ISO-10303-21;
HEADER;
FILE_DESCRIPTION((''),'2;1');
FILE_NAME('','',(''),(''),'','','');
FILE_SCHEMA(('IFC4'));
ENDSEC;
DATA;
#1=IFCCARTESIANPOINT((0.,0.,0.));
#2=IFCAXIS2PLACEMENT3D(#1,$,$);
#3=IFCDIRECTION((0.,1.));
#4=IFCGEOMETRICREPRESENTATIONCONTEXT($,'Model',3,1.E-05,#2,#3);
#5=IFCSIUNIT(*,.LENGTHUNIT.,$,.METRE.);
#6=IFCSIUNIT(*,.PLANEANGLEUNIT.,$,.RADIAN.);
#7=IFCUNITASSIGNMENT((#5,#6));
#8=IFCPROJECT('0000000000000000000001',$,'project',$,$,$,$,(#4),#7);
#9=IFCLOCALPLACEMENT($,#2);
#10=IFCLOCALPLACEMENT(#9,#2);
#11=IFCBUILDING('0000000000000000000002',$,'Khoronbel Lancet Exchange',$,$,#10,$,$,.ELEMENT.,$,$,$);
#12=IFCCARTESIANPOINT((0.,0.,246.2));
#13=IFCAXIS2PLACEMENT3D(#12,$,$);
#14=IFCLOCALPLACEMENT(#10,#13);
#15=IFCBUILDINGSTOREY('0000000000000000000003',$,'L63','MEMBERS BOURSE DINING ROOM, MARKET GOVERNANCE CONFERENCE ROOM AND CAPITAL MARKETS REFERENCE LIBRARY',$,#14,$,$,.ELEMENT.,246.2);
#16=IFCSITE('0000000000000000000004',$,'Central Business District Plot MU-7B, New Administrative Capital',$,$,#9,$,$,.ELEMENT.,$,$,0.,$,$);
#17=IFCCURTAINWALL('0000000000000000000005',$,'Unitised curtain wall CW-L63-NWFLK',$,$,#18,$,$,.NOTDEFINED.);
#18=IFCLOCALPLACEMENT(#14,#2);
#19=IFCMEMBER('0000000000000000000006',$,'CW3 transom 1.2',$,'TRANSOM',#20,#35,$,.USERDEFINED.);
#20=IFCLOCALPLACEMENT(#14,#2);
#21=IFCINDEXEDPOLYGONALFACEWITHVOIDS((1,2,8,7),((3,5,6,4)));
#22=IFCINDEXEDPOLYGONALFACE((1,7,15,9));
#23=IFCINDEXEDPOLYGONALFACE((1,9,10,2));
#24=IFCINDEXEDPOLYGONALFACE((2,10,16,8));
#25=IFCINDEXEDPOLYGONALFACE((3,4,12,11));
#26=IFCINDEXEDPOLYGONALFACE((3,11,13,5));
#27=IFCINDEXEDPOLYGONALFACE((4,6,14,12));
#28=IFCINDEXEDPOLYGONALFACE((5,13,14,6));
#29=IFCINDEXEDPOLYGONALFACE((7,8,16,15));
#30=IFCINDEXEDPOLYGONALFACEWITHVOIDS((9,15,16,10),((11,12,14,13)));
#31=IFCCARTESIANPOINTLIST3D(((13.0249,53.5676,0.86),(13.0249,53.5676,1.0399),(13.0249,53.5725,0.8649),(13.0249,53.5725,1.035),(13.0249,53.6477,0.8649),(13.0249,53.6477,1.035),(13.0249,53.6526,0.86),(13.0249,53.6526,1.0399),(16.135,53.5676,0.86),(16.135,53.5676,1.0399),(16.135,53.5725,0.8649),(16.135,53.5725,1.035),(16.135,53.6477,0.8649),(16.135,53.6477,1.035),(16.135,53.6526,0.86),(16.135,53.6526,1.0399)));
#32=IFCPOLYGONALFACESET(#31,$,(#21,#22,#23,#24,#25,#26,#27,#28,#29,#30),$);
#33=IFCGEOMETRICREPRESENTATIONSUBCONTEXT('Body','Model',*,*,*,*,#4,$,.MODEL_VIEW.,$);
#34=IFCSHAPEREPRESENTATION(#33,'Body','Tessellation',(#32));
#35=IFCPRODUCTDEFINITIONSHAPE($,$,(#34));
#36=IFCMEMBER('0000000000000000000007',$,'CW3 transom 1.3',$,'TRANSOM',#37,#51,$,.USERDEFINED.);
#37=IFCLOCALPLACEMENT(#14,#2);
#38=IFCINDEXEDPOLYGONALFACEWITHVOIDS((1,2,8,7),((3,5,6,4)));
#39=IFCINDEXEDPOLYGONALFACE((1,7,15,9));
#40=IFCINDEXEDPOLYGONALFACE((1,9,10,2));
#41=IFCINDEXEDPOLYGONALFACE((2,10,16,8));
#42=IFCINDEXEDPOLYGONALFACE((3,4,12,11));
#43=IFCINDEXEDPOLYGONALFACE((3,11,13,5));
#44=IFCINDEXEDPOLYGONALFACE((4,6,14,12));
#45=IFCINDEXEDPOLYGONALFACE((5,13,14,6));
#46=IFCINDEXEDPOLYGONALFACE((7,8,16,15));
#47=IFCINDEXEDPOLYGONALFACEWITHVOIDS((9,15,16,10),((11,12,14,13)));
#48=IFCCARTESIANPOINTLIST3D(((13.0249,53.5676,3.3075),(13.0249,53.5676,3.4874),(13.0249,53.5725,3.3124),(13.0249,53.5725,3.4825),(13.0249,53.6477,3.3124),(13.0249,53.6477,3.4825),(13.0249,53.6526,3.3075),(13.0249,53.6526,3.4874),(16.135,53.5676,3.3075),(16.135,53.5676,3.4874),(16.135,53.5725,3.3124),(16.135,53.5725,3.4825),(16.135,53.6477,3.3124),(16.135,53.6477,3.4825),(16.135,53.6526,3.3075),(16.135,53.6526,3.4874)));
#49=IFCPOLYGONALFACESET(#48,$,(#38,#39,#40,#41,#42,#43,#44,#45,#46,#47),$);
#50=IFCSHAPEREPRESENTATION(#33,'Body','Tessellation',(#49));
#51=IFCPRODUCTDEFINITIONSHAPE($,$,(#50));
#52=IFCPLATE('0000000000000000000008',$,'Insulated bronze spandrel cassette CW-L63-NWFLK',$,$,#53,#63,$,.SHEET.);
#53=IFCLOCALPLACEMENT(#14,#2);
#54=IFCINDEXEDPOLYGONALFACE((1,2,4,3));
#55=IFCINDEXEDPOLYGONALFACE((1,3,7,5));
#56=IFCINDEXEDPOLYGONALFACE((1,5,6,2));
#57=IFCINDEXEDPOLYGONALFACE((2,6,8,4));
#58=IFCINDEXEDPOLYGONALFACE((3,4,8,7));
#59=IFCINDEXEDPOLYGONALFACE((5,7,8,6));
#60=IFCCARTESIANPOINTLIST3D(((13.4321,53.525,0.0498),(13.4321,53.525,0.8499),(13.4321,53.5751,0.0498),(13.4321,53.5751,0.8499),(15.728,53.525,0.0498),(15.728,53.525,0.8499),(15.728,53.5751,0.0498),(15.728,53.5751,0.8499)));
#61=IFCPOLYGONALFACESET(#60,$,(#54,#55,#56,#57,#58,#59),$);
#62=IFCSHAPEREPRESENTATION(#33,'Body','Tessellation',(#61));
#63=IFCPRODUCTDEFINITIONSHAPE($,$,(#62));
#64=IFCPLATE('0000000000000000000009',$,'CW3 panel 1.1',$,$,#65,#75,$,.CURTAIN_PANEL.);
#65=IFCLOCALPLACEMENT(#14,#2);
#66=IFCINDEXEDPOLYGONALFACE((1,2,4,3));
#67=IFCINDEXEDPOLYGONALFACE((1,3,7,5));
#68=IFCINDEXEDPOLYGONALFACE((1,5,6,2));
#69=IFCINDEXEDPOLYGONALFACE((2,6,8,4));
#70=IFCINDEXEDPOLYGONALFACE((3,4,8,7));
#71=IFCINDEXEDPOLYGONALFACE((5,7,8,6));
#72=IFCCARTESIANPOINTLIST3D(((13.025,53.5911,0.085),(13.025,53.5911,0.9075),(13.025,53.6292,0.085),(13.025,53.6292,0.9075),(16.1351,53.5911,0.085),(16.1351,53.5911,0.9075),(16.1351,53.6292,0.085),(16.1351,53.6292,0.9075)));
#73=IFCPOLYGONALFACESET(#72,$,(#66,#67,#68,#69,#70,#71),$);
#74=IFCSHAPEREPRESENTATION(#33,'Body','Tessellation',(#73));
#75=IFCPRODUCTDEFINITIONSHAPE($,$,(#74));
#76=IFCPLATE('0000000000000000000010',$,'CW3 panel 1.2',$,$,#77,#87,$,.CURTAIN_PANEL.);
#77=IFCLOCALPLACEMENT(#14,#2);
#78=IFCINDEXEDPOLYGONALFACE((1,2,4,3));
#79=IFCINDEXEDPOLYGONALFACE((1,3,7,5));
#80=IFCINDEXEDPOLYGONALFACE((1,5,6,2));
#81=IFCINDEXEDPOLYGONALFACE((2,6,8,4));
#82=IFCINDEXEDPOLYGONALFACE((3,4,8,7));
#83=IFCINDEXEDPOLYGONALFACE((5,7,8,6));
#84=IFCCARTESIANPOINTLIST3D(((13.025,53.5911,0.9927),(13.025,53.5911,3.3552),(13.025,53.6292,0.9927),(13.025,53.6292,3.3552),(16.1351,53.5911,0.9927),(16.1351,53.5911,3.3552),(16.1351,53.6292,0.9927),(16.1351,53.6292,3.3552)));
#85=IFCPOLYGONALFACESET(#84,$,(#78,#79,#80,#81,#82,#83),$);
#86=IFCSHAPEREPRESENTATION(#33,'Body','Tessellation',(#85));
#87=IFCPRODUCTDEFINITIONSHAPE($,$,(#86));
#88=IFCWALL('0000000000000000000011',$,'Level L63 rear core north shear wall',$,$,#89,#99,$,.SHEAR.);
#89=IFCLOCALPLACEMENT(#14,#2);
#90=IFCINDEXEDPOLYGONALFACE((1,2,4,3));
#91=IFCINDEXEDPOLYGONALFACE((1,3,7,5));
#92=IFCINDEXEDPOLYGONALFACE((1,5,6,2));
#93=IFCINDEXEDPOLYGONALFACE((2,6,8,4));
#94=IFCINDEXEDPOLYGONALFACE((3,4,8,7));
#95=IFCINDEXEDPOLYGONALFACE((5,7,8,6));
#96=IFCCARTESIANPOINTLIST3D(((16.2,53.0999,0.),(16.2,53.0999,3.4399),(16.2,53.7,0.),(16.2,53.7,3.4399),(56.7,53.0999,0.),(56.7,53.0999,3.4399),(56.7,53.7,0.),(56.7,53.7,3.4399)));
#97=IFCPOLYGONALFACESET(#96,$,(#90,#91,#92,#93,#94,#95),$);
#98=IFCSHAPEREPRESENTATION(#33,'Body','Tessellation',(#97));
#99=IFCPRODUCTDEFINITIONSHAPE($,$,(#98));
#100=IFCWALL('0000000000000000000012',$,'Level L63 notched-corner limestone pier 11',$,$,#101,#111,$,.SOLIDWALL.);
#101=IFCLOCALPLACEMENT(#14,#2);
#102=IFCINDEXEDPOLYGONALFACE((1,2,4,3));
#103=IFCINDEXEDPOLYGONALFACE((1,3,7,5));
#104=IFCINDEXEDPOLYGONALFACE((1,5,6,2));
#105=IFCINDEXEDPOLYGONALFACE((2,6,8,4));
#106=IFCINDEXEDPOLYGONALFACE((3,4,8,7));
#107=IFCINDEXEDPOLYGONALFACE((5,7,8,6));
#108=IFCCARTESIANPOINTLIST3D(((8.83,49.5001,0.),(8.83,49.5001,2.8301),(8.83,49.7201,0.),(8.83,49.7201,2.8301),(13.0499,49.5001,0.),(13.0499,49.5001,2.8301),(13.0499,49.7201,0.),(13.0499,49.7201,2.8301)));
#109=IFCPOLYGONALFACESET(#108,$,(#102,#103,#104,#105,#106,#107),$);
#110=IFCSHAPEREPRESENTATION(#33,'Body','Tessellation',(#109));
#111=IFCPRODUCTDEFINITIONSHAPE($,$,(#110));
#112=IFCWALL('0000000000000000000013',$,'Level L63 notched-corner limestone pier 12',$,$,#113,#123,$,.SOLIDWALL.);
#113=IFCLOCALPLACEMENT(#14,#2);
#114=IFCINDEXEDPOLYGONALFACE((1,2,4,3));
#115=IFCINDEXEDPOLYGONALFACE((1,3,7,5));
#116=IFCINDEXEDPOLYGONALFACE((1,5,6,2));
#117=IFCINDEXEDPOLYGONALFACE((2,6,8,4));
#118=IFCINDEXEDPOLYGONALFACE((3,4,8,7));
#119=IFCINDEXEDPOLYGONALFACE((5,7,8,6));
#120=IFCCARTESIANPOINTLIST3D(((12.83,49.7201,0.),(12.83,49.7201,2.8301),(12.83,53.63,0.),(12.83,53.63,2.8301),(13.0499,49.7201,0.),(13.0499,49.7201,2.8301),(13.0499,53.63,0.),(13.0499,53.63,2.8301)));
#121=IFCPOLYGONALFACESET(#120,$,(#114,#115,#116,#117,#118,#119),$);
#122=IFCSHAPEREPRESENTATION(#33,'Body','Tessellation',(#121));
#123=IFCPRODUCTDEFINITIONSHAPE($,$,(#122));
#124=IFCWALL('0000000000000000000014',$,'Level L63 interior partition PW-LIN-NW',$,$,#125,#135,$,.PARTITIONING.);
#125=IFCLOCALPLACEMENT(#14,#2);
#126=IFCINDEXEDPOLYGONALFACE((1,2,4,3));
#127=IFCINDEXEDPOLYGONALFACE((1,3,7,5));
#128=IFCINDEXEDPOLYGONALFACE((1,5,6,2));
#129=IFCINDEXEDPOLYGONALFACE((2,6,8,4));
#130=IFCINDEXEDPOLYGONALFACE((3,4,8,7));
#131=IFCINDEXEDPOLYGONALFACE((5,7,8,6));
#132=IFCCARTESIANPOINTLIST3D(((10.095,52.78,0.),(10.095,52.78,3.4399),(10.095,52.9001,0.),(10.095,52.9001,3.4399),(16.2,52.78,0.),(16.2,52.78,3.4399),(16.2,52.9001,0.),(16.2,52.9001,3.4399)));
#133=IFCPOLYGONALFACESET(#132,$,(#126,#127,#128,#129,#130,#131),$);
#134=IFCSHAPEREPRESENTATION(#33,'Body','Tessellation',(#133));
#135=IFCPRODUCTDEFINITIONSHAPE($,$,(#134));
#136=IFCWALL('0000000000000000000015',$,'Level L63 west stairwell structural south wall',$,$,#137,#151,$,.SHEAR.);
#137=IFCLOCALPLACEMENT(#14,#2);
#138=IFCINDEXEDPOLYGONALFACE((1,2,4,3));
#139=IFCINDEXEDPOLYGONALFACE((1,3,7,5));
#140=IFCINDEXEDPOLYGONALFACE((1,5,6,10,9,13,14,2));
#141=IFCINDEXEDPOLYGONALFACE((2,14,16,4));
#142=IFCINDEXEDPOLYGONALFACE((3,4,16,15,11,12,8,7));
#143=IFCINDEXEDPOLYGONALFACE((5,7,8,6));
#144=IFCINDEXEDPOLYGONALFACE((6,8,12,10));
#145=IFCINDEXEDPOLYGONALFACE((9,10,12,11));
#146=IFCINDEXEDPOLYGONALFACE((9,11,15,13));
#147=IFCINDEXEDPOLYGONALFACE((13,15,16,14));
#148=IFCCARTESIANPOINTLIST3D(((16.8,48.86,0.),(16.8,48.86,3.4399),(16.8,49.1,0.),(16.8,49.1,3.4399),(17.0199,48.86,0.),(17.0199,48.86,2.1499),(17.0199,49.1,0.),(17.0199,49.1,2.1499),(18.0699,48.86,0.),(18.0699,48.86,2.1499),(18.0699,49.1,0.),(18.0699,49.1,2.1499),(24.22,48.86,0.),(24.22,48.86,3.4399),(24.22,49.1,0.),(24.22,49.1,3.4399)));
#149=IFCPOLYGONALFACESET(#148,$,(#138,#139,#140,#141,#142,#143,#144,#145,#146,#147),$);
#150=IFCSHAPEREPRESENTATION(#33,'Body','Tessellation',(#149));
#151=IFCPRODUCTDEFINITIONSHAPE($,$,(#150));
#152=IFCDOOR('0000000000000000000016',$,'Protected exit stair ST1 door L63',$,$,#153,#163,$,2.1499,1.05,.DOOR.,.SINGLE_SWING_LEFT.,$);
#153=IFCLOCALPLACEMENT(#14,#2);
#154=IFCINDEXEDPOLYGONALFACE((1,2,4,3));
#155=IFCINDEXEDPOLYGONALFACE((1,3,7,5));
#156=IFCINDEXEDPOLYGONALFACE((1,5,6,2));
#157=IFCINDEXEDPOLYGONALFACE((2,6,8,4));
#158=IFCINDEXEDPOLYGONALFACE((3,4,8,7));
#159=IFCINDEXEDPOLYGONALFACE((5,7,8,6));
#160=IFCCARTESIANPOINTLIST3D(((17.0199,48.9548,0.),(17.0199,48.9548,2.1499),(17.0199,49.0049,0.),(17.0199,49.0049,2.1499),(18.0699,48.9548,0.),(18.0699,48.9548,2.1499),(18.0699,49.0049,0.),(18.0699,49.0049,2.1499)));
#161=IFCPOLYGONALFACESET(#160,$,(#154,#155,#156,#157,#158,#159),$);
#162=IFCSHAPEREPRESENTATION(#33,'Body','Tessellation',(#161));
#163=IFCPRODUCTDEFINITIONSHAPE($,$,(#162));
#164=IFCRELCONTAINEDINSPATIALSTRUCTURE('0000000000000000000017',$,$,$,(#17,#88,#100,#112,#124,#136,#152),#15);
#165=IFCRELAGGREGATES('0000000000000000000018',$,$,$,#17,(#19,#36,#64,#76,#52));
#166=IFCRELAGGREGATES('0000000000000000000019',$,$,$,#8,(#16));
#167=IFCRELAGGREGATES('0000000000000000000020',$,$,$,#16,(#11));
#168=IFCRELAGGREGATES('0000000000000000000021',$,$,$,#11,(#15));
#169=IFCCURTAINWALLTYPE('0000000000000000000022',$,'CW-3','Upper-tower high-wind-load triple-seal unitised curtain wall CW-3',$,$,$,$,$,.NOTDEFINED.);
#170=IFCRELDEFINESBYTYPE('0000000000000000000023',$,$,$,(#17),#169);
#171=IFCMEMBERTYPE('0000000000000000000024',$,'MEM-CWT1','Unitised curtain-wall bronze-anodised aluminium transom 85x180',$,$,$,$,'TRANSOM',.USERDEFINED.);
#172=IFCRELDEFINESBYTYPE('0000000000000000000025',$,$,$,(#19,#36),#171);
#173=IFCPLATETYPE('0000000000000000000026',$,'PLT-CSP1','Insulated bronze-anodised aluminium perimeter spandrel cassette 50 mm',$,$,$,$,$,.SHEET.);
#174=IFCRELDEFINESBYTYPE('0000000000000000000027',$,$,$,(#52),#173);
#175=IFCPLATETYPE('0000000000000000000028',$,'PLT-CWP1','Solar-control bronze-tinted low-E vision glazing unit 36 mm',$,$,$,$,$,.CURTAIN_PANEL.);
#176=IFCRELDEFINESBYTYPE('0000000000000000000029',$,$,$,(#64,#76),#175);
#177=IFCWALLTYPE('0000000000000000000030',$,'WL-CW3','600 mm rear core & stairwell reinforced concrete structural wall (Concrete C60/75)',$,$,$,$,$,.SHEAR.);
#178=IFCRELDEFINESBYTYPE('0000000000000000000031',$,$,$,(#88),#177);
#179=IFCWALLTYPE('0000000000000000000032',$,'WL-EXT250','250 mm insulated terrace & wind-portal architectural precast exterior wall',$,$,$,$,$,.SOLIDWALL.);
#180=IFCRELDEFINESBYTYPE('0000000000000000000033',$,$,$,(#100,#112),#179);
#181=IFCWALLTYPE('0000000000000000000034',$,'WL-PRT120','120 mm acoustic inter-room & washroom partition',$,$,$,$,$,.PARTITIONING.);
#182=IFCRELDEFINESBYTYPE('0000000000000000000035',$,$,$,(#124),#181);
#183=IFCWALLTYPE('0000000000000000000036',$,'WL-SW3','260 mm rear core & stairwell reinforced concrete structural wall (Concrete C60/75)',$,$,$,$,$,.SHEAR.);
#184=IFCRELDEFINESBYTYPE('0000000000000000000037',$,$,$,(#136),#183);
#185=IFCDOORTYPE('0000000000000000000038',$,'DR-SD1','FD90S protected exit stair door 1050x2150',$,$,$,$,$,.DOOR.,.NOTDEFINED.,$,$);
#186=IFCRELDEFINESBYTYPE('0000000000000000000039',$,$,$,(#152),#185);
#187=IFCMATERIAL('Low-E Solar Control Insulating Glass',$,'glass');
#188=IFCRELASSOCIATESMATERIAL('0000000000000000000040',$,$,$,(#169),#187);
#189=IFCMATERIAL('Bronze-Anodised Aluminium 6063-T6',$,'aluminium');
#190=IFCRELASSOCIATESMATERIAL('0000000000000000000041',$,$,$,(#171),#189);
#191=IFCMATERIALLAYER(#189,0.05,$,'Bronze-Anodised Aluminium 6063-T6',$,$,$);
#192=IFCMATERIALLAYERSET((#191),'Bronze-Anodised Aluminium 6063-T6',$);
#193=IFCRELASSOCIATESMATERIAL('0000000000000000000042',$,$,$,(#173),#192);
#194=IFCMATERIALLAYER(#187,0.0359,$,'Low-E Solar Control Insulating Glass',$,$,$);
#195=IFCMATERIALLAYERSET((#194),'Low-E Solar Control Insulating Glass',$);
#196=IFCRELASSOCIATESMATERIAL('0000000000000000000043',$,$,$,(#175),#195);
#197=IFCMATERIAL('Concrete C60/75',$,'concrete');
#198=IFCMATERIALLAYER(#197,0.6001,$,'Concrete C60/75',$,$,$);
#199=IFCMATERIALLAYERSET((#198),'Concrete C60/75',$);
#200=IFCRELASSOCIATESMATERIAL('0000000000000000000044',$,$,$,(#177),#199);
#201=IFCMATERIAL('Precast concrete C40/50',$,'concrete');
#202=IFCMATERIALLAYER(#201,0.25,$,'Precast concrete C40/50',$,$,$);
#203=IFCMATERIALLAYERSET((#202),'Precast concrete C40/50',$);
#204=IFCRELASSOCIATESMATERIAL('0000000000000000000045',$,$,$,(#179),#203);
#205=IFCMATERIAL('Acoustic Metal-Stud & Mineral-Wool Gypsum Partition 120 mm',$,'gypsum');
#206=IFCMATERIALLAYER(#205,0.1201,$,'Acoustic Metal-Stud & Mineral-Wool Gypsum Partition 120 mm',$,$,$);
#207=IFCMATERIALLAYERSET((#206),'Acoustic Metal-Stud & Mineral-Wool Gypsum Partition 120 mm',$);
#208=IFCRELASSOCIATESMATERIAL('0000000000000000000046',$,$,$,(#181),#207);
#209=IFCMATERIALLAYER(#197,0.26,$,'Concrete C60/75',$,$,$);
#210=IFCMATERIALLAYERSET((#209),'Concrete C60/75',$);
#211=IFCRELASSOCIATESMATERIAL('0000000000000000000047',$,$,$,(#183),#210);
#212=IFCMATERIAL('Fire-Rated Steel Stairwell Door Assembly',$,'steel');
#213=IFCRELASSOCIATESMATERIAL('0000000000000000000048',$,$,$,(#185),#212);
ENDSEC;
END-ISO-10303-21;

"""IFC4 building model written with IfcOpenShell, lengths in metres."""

from ifc_helpers import new_model, si_unit, direction, frame, frame_2d, origin, origin_2d, place, context, subcontext, project, spatial, rectangle, hollow_rectangle, extrude, material, layer, layer_set, material_profile, profile_set, type_object, element, fill, aggregate, save


model = new_model("IFC4")

# Units and contexts
model_context = context("Model", 3, precision=1e-05, world=origin(), true_north=direction((0.0, 1.0)))
body_context = subcontext(model_context, "Body", "Model", "MODEL_VIEW")
ifc_project = project(units=[si_unit("LENGTHUNIT", "METRE"), si_unit("PLANEANGLEUNIT", "RADIAN")], contexts=[model_context])

# Site, building, storey
site_placement = place(None, origin())
site = spatial("IfcSite", under=ifc_project, at=site_placement, Name="Central Business District Plot MU-7B, New Administrative Capital", CompositionType="ELEMENT", RefElevation=0.0)
building_placement = place(site_placement, origin())
building = spatial("IfcBuilding", under=site, at=building_placement, Name="Khoronbel Lancet Exchange", CompositionType="ELEMENT")
storey_placement = place(building_placement, frame((0.0, 0.0, 246.2)))
storey = spatial("IfcBuildingStorey", under=building, at=storey_placement, Name="L63", Description="MEMBERS BOURSE DINING ROOM, MARKET GOVERNANCE CONFERENCE ROOM AND CAPITAL MARKETS REFERENCE LIBRARY", CompositionType="ELEMENT", Elevation=246.2)

# Curtain wall, members, plates
ifc_material_1 = material(Name="Low-E Solar Control Insulating Glass", Category="glass")
curtain_wall_type = type_object("IfcCurtainWallType", Name="CW-3", Description="Upper-tower high-wind-load triple-seal unitised curtain wall CW-3", PredefinedType="NOTDEFINED", material=ifc_material_1)
curtain_wall_placement = place(storey_placement, origin())
curtain_wall = element("IfcCurtainWall", 1, at=curtain_wall_placement, inside=storey, type_object=curtain_wall_type, Name="Unitised curtain wall CW-L63-NWFLK", PredefinedType="NOTDEFINED")
ifc_material_2 = material(Name="Bronze-Anodised Aluminium 6063-T6", Category="aluminium")
ifc_material_profile_1 = material_profile(ifc_material_2, hollow_rectangle(XDim=0.085, YDim=0.1799, WallThickness=0.0049, at=origin_2d()), Name="ALU TRANSOM 85x180")
ifc_profile_set_1 = profile_set([ifc_material_profile_1], Name="Bronze-Anodised Aluminium 6063-T6")
member_type_1 = type_object("IfcMemberType", Name="MEM-CWT1", Description="Unitised curtain-wall bronze-anodised aluminium transom 85x180", ElementType="TRANSOM", PredefinedType="USERDEFINED", material=ifc_profile_set_1)
member_1_placement = place(storey_placement, frame((16.135, 53.6101, 0.95), z_axis=(-1.0, 0.0, 0.0), x_axis=(0.0, -1.0, 0.0)))
member_1 = element("IfcMember", 2, at=member_1_placement, type_object=member_type_1, Name="CW3 transom 1.2", ObjectType="TRANSOM", PredefinedType="USERDEFINED", context=body_context, shape_type="SweptSolid", body=[
    extrude(hollow_rectangle(XDim=0.085, YDim=0.1799, WallThickness=0.0049, at=origin_2d()), origin(), (0.0, 0.0, 1.0), 3.1101),
])
member_2_placement = place(storey_placement, frame((16.135, 53.6101, 3.3975), z_axis=(-1.0, 0.0, 0.0), x_axis=(0.0, -1.0, 0.0)))
member_2 = element("IfcMember", 3, at=member_2_placement, type_object=member_type_1, Name="CW3 transom 1.3", ObjectType="TRANSOM", PredefinedType="USERDEFINED", context=body_context, shape_type="SweptSolid", body=[
    extrude(hollow_rectangle(XDim=0.085, YDim=0.1799, WallThickness=0.0049, at=origin_2d()), origin(), (0.0, 0.0, 1.0), 3.1101),
])
ifc_layer_1 = layer(ifc_material_2, 0.05, Name="Bronze-Anodised Aluminium 6063-T6")
ifc_layer_set_1 = layer_set([ifc_layer_1], Name="Bronze-Anodised Aluminium 6063-T6")
plate_type_1 = type_object("IfcPlateType", Name="PLT-CSP1", Description="Insulated bronze-anodised aluminium perimeter spandrel cassette 50 mm", PredefinedType="SHEET", material=ifc_layer_set_1)
plate_1_placement = place(storey_placement, frame((14.5801, 53.55, 0.0498), z_axis=(0.0, 0.0, 1.0), x_axis=(-1.0, 0.0, 0.0)))
plate_1 = element("IfcPlate", 4, at=plate_1_placement, type_object=plate_type_1, Name="Insulated bronze spandrel cassette CW-L63-NWFLK", PredefinedType="SHEET", context=body_context, shape_type="SweptSolid", body=[
    extrude(rectangle(XDim=2.2959, YDim=0.05, at=origin_2d()), origin(), (0.0, 0.0, 1.0), 0.8),
])
ifc_layer_2 = layer(ifc_material_1, 0.0359, Name="Low-E Solar Control Insulating Glass")
ifc_layer_set_2 = layer_set([ifc_layer_2], Name="Low-E Solar Control Insulating Glass")
plate_type_2 = type_object("IfcPlateType", Name="PLT-CWP1", Description="Solar-control bronze-tinted low-E vision glazing unit 36 mm", PredefinedType="CURTAIN_PANEL", material=ifc_layer_set_2)
plate_2_placement = place(storey_placement, frame((14.5801, 53.6101, 0.085), z_axis=(0.0, 0.0, 1.0), x_axis=(-1.0, 0.0, 0.0)))
plate_2 = element("IfcPlate", 5, at=plate_2_placement, type_object=plate_type_2, Name="CW3 panel 1.1", PredefinedType="CURTAIN_PANEL", context=body_context, shape_type="SweptSolid", body=[
    extrude(rectangle(XDim=3.1101, YDim=0.0381, at=origin_2d()), origin(), (0.0, 0.0, 1.0), 0.8225),
])
plate_3_placement = place(storey_placement, frame((14.5801, 53.6101, 0.9927), z_axis=(0.0, 0.0, 1.0), x_axis=(-1.0, 0.0, 0.0)))
plate_3 = element("IfcPlate", 6, at=plate_3_placement, type_object=plate_type_2, Name="CW3 panel 1.2", PredefinedType="CURTAIN_PANEL", context=body_context, shape_type="SweptSolid", body=[
    extrude(rectangle(XDim=3.1101, YDim=0.0381, at=origin_2d()), origin(), (0.0, 0.0, 1.0), 2.3625),
])
aggregate(curtain_wall, [member_1, member_2, plate_2, plate_3, plate_1])

# Walls
ifc_material_3 = material(Name="Concrete C60/75", Category="concrete")
ifc_layer_3 = layer(ifc_material_3, 0.6001, Name="Concrete C60/75")
ifc_layer_set_3 = layer_set([ifc_layer_3], Name="Concrete C60/75")
wall_type_1 = type_object("IfcWallType", Name="WL-CW3", Description="600 mm rear core & stairwell reinforced concrete structural wall (Concrete C60/75)", PredefinedType="SHEAR", material=ifc_layer_set_3)
wall_1_placement = place(storey_placement, frame((16.2, 53.3999, 0.0), z_axis=(0.0, 0.0, 1.0), x_axis=(1.0, 0.0, 0.0)))
element("IfcWall", 7, at=wall_1_placement, inside=storey, type_object=wall_type_1, Name="Level L63 rear core north shear wall", PredefinedType="SHEAR", context=body_context, shape_type="SweptSolid", body=[
    extrude(rectangle(XDim=40.5, YDim=0.6001, at=frame_2d((20.25, 0.0))), origin(), (0.0, 0.0, 1.0), 3.4399),
])
ifc_material_4 = material(Name="Precast concrete C40/50", Category="concrete")
ifc_layer_4 = layer(ifc_material_4, 0.25, Name="Precast concrete C40/50")
ifc_layer_set_4 = layer_set([ifc_layer_4], Name="Precast concrete C40/50")
wall_type_2 = type_object("IfcWallType", Name="WL-EXT250", Description="250 mm insulated terrace & wind-portal architectural precast exterior wall", PredefinedType="SOLIDWALL", material=ifc_layer_set_4)
wall_2_placement = place(storey_placement, frame((8.8301, 49.6101, 0.0), z_axis=(0.0, 0.0, 1.0), x_axis=(1.0, 0.0, 0.0)))
element("IfcWall", 8, at=wall_2_placement, inside=storey, type_object=wall_type_2, Name="Level L63 notched-corner limestone pier 11", PredefinedType="SOLIDWALL", context=body_context, shape_type="SweptSolid", body=[
    extrude(rectangle(XDim=4.22, YDim=0.22, at=frame_2d((2.1099, 0.0))), origin(), (0.0, 0.0, 1.0), 2.8301),
])
wall_3_placement = place(storey_placement, frame((12.9399, 49.72, 0.0), z_axis=(0.0, 0.0, 1.0), x_axis=(0.0, 1.0, 0.0)))
element("IfcWall", 9, at=wall_3_placement, inside=storey, type_object=wall_type_2, Name="Level L63 notched-corner limestone pier 12", PredefinedType="SOLIDWALL", context=body_context, shape_type="SweptSolid", body=[
    extrude(rectangle(XDim=3.9099, YDim=0.22, at=frame_2d((1.9551, 0.0))), origin(), (0.0, 0.0, 1.0), 2.8301),
])
ifc_material_5 = material(Name="Acoustic Metal-Stud & Mineral-Wool Gypsum Partition 120 mm", Category="gypsum")
ifc_layer_5 = layer(ifc_material_5, 0.1201, Name="Acoustic Metal-Stud & Mineral-Wool Gypsum Partition 120 mm")
ifc_layer_set_5 = layer_set([ifc_layer_5], Name="Acoustic Metal-Stud & Mineral-Wool Gypsum Partition 120 mm")
wall_type_3 = type_object("IfcWallType", Name="WL-PRT120", Description="120 mm acoustic inter-room & washroom partition", PredefinedType="PARTITIONING", material=ifc_layer_set_5)
wall_4_placement = place(storey_placement, frame((10.095, 52.8401, 0.0), z_axis=(0.0, 0.0, 1.0), x_axis=(1.0, 0.0, 0.0)))
element("IfcWall", 10, at=wall_4_placement, inside=storey, type_object=wall_type_3, Name="Level L63 interior partition PW-LIN-NW", PredefinedType="PARTITIONING", context=body_context, shape_type="SweptSolid", body=[
    extrude(rectangle(XDim=6.105, YDim=0.1201, at=frame_2d((3.0525, 0.0))), origin(), (0.0, 0.0, 1.0), 3.4399),
])

# Wall, opening, door
ifc_layer_6 = layer(ifc_material_3, 0.26, Name="Concrete C60/75")
ifc_layer_set_6 = layer_set([ifc_layer_6], Name="Concrete C60/75")
wall_type_4 = type_object("IfcWallType", Name="WL-SW3", Description="260 mm rear core & stairwell reinforced concrete structural wall (Concrete C60/75)", PredefinedType="SHEAR", material=ifc_layer_set_6)
wall_5_placement = place(storey_placement, frame((16.8, 48.98, 0.0), z_axis=(0.0, 0.0, 1.0), x_axis=(1.0, 0.0, 0.0)))
wall_5 = element("IfcWall", 11, at=wall_5_placement, inside=storey, type_object=wall_type_4, Name="Level L63 west stairwell structural south wall", PredefinedType="SHEAR", context=body_context, shape_type="SweptSolid", body=[
    extrude(rectangle(XDim=7.4199, YDim=0.24, at=frame_2d((3.71, 0.0))), origin(), (0.0, 0.0, 1.0), 3.4399),
])
opening_placement = place(wall_5_placement, frame((0.22, 0.0, 0.0)))
opening = element("IfcOpeningElement", 12, at=opening_placement, cuts=wall_5, PredefinedType="OPENING", context=body_context, shape_type="SweptSolid", body=[
    extrude(rectangle(XDim=1.05, YDim=2.1499, at=frame_2d((0.5249, 1.075))), frame((0.0, 0.1299, 0.0), z_axis=(0.0, -1.0, 0.0), x_axis=(1.0, 0.0, 0.0)), (0.0, 0.0, 1.0), 0.26),
])
ifc_material_6 = material(Name="Fire-Rated Steel Stairwell Door Assembly", Category="steel")
door_type = type_object("IfcDoorType", Name="DR-SD1", Description="FD90S protected exit stair door 1050x2150", OperationType="NOTDEFINED", PredefinedType="DOOR", material=ifc_material_6)
door_placement = place(opening_placement, origin())
door = element("IfcDoor", 13, at=door_placement, inside=storey, type_object=door_type, Name="Protected exit stair ST1 door L63", OperationType="SINGLE_SWING_LEFT", OverallHeight=2.1499, OverallWidth=1.05, PredefinedType="DOOR", context=body_context, shape_type="SweptSolid", body=[
    extrude(rectangle(XDim=1.05, YDim=2.1499, at=frame_2d((0.5249, 1.075))), frame((0.0, 0.0249, 0.0), z_axis=(0.0, -1.0, 0.0), x_axis=(1.0, 0.0, 0.0)), (0.0, 0.0, 1.0), 0.05),
])
fill(opening, door)

save(model, "model.ifc")
